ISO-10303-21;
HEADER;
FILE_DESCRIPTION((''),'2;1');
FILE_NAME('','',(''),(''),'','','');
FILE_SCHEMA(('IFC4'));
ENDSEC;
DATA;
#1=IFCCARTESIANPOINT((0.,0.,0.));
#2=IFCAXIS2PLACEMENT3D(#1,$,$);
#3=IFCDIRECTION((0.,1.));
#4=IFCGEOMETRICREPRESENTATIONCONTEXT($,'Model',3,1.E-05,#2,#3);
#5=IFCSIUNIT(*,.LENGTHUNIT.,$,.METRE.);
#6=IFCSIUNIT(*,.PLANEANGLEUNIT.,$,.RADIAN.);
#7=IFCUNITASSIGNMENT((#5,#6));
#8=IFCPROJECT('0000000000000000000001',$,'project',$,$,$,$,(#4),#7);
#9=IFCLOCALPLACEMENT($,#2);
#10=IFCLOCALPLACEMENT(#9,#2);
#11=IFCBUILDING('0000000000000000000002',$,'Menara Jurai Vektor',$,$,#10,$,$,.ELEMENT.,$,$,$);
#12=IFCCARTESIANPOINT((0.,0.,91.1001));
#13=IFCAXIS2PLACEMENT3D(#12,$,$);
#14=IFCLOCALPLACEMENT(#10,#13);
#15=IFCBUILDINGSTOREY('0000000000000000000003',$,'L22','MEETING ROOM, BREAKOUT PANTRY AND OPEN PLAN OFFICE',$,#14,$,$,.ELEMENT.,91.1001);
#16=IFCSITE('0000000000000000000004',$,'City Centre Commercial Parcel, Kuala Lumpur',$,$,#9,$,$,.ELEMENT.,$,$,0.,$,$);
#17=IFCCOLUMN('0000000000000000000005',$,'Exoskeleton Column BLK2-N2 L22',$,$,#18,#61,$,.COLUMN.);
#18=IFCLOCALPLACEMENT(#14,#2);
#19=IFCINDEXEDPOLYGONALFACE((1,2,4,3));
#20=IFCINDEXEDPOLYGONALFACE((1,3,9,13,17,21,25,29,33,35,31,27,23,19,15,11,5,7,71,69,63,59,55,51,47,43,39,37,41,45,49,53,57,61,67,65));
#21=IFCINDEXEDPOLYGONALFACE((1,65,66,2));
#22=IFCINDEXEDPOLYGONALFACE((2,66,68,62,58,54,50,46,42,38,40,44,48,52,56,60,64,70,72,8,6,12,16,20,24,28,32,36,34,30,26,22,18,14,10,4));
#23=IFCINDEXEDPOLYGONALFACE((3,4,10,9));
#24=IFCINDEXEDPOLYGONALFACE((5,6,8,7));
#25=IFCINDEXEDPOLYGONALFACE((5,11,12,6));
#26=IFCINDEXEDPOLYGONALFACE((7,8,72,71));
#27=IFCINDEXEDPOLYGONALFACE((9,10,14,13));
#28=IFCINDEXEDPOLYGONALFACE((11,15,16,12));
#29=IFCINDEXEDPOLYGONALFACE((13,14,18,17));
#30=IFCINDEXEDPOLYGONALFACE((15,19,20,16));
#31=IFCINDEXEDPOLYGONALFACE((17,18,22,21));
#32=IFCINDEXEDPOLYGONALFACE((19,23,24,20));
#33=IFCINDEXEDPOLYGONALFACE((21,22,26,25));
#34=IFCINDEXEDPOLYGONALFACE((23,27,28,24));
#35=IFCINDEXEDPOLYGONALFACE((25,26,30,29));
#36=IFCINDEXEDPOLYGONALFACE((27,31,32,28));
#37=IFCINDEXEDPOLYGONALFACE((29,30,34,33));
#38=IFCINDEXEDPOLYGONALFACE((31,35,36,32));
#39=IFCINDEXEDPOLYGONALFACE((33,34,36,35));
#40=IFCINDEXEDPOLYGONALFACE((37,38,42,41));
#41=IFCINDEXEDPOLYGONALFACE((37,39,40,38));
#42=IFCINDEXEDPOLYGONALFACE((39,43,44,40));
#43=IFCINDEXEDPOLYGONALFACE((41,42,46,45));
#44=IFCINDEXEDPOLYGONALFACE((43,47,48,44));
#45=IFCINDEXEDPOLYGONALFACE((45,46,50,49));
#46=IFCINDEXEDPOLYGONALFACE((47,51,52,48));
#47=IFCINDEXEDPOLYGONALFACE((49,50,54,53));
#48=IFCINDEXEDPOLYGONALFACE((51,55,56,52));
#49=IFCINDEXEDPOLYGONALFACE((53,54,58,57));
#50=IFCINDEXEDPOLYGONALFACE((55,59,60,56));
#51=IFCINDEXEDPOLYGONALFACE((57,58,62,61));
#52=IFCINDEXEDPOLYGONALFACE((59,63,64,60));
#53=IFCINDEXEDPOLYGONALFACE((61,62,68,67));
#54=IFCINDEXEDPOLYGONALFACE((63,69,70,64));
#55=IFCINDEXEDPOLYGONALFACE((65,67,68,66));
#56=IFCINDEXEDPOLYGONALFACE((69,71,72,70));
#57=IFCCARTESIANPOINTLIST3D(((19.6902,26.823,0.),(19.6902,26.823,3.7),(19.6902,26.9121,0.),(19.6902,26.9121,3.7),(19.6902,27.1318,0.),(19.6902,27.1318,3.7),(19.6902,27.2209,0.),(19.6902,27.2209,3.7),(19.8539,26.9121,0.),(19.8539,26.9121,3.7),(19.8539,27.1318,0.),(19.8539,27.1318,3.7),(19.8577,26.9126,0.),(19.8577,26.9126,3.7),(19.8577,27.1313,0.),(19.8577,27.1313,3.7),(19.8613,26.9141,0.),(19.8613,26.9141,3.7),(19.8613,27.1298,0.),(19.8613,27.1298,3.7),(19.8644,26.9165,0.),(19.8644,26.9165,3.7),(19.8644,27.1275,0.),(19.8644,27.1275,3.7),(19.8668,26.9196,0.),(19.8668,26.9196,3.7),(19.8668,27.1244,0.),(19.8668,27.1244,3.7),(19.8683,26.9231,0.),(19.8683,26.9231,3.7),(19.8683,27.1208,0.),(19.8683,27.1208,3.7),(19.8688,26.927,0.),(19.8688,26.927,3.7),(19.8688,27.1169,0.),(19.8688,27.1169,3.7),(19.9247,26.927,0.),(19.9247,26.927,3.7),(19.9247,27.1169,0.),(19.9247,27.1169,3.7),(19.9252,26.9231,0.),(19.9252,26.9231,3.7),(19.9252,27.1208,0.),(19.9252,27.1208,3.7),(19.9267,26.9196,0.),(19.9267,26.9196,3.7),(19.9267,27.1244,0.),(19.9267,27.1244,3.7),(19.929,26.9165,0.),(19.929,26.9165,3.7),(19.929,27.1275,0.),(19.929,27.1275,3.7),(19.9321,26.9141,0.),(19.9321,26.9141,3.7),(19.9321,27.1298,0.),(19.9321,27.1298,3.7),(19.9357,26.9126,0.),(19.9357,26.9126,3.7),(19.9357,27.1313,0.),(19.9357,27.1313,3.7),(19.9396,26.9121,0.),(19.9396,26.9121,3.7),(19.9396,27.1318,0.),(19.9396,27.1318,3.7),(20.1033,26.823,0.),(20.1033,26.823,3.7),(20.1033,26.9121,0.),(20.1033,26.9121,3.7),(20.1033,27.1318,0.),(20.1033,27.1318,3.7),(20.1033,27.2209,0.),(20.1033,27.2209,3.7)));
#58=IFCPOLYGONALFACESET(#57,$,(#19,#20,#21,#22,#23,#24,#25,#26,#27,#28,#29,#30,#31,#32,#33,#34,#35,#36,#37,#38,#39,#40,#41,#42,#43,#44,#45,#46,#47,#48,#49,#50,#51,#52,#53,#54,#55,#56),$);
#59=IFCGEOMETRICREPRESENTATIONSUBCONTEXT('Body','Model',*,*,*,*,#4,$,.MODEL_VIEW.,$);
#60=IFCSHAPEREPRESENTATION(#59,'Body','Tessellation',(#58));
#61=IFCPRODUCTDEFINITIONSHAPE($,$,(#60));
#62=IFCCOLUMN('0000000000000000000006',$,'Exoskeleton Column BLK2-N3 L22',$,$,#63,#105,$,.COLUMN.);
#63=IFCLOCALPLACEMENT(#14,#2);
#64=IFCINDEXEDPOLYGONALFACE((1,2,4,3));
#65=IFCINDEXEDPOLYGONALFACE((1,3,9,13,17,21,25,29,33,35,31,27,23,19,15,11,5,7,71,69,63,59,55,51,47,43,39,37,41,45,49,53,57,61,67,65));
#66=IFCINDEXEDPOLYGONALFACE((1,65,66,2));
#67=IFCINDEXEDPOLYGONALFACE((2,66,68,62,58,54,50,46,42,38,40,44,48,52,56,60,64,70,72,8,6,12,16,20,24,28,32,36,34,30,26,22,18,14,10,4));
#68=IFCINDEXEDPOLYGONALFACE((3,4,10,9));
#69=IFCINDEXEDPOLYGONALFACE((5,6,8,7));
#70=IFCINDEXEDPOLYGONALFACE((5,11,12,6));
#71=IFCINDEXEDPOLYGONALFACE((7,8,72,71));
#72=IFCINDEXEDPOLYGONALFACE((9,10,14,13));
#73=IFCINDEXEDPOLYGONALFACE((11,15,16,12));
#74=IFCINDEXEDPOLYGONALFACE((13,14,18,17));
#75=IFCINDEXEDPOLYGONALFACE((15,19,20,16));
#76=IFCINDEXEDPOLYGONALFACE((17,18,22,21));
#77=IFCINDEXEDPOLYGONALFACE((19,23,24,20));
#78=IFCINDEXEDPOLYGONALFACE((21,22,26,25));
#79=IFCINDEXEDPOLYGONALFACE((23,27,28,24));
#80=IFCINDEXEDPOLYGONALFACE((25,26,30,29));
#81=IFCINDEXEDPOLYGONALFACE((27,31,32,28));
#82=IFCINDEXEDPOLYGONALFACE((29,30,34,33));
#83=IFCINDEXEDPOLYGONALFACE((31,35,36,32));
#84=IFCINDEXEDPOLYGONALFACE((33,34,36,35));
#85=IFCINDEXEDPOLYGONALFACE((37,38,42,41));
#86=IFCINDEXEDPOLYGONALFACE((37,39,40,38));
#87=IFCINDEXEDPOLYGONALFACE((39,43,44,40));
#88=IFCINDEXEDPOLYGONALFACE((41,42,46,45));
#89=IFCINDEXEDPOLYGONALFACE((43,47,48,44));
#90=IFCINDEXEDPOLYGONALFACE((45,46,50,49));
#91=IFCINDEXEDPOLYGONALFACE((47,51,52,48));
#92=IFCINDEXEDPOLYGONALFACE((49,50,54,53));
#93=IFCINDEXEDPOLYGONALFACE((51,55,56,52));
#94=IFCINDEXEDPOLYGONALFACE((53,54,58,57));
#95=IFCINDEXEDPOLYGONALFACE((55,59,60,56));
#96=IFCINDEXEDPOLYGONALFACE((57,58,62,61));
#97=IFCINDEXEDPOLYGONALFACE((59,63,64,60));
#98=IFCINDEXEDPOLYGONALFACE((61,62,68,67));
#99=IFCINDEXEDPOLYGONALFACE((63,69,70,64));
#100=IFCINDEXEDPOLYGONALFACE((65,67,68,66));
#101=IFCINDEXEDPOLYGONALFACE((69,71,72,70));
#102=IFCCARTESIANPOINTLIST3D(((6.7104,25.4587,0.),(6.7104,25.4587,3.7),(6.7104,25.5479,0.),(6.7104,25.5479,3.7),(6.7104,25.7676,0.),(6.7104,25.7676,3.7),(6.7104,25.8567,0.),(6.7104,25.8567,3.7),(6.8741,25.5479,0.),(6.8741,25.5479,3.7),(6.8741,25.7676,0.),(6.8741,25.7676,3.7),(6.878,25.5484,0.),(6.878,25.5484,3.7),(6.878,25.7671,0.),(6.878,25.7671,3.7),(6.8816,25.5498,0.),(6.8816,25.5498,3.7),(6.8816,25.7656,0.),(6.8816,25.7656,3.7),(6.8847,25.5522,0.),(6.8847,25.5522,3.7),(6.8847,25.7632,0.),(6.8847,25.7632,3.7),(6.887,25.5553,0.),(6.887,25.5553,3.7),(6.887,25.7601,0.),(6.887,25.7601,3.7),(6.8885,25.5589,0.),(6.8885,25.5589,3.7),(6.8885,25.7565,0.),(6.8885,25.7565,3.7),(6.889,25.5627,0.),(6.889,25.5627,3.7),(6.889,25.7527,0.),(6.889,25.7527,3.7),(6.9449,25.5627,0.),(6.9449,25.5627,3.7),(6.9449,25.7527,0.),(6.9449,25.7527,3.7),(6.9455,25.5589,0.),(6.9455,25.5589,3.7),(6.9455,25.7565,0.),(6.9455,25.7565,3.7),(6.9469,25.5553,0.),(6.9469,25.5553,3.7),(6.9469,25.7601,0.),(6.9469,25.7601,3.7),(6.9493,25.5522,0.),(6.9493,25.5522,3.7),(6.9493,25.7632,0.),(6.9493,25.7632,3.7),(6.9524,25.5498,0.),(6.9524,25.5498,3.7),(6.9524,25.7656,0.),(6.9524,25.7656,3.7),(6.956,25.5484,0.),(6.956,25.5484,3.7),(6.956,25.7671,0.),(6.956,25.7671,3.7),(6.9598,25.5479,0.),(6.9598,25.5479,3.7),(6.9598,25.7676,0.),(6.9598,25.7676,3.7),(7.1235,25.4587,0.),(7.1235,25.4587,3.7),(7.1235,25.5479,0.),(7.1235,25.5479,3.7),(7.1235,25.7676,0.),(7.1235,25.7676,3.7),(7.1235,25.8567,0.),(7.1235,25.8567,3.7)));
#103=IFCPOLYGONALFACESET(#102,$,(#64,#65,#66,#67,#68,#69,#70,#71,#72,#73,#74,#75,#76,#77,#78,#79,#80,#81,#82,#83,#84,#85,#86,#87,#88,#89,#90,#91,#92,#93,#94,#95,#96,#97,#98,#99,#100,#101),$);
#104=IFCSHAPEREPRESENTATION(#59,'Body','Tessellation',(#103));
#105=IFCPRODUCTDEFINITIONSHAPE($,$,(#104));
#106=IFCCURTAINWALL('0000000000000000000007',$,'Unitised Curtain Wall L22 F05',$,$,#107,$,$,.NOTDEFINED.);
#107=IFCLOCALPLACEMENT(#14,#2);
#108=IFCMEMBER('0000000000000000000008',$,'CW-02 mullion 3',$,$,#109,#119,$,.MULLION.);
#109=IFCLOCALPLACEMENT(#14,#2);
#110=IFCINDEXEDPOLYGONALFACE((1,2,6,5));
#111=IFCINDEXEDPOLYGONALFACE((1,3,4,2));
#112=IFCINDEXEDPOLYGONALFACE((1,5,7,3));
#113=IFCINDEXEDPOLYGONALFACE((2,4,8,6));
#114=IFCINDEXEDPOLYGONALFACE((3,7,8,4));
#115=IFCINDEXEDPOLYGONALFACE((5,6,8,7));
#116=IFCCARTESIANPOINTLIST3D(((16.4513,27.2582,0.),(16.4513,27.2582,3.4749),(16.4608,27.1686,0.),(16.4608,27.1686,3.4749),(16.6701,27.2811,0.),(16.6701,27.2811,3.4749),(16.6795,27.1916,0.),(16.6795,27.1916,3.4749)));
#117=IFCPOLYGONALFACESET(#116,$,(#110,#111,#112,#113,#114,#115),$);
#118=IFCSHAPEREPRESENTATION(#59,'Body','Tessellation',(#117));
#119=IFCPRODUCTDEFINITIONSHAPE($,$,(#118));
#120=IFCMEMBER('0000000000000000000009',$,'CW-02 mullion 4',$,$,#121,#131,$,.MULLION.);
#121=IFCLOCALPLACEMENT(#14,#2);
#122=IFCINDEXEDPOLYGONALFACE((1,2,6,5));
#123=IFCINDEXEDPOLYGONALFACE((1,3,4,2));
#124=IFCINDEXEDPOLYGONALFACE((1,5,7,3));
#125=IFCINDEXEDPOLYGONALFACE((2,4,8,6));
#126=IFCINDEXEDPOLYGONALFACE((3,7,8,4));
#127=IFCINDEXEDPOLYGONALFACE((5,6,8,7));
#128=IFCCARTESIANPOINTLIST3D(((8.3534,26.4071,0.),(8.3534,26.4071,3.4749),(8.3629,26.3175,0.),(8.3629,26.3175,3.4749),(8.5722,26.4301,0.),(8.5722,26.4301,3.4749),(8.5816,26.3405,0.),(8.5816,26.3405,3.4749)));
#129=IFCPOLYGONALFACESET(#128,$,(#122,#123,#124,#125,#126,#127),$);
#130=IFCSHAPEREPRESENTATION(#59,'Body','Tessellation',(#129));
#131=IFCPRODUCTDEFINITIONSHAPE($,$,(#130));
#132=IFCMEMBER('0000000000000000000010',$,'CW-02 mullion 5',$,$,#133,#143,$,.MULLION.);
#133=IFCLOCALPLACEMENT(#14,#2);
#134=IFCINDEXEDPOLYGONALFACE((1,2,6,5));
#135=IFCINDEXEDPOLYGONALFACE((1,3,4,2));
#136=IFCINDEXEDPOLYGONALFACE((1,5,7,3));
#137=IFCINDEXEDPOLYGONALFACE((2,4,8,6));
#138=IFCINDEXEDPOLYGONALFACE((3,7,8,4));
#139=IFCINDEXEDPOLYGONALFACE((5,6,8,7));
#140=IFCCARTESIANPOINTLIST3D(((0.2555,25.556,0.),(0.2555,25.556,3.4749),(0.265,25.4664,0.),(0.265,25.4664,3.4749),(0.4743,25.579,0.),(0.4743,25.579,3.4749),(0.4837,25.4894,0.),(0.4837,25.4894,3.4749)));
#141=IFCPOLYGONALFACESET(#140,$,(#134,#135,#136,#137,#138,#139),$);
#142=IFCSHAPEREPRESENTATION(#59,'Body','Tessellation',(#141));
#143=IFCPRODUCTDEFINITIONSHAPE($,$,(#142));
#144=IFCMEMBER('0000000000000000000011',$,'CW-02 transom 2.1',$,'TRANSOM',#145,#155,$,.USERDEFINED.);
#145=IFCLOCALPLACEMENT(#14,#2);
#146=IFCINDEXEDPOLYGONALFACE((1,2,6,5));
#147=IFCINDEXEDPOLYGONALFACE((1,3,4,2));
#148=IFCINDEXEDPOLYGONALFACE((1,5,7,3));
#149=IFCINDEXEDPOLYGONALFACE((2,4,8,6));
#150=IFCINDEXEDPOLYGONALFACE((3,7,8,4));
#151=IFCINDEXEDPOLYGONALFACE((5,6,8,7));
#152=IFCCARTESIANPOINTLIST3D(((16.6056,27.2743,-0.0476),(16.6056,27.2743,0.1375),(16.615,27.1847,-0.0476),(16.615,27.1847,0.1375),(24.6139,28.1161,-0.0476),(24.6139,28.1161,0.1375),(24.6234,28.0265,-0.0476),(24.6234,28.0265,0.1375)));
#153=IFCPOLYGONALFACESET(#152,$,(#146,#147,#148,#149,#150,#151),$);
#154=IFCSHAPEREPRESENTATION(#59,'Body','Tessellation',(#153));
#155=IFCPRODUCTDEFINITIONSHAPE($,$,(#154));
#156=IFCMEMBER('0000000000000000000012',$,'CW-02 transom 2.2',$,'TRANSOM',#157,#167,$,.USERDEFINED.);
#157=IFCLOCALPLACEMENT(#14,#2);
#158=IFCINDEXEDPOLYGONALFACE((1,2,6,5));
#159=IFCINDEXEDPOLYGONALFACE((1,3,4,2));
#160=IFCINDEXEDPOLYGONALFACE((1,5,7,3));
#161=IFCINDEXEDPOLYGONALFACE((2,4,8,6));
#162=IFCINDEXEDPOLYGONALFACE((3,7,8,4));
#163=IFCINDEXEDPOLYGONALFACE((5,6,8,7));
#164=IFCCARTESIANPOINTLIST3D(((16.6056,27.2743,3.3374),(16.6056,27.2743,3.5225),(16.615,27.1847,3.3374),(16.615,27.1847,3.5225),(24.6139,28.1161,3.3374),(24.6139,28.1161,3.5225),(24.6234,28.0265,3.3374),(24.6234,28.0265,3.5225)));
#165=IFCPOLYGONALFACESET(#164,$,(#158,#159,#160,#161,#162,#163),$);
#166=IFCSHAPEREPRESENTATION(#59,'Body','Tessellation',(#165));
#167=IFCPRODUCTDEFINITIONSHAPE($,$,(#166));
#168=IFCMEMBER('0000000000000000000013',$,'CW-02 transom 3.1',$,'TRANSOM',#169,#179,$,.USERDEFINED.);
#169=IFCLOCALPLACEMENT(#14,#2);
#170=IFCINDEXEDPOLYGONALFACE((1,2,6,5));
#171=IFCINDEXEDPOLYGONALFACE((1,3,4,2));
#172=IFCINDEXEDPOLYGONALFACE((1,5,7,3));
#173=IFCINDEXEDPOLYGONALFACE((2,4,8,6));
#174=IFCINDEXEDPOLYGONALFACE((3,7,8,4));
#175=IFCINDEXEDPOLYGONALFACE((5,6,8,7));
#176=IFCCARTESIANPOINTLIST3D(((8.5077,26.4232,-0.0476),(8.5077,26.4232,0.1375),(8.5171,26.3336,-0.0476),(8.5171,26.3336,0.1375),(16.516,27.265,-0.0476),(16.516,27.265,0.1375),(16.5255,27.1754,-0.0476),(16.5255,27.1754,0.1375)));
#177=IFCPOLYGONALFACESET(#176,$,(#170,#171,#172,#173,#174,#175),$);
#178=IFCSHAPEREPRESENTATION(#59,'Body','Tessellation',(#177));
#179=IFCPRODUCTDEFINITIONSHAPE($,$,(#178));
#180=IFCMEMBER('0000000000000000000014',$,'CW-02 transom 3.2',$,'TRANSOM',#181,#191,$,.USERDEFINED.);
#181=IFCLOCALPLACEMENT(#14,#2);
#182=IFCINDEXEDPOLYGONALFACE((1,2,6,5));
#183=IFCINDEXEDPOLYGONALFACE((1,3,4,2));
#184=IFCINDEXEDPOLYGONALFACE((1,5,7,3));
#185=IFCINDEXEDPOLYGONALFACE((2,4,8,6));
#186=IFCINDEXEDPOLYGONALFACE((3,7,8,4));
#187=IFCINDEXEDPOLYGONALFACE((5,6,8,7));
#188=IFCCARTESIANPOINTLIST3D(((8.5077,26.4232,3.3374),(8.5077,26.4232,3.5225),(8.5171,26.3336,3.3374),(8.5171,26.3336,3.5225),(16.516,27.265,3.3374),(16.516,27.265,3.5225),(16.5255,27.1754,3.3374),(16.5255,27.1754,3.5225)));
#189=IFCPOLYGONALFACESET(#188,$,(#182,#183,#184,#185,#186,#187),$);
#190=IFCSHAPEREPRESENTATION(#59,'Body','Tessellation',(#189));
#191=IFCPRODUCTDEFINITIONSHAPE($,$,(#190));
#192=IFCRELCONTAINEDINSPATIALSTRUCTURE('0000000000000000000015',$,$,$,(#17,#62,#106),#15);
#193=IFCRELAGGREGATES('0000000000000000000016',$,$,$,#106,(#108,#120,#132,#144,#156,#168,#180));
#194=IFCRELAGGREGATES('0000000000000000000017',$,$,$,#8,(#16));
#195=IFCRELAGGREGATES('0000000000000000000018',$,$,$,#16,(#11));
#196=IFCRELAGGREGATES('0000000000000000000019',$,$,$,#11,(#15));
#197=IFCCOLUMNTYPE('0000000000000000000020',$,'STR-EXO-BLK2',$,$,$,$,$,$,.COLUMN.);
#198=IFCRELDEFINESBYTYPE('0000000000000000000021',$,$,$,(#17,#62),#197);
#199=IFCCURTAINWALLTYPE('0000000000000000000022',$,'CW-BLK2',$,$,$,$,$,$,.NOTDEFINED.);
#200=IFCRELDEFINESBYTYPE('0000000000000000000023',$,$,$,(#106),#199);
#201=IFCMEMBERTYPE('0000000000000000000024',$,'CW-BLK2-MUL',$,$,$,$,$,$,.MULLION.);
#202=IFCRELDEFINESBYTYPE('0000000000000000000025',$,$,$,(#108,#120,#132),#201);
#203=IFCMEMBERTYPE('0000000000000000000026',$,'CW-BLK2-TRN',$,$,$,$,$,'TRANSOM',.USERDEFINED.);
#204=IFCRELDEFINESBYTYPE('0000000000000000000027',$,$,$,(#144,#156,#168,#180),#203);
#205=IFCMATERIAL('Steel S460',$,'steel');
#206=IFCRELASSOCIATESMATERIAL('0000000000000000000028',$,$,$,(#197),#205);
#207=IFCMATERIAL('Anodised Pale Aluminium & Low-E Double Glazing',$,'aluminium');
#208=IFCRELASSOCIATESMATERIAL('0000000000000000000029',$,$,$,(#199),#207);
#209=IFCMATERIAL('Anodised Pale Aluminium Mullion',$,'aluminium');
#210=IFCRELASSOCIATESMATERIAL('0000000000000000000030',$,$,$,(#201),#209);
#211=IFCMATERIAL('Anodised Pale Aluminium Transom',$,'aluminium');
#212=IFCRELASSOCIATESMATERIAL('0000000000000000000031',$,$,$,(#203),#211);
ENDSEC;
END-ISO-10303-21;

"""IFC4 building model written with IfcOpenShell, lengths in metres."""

from ifc_helpers import new_model, si_unit, direction, frame, origin, origin_2d, place, context, subcontext, project, spatial, rectangle, i_section, extrude, material, material_profile, profile_set, type_object, element, aggregate, save


model = new_model("IFC4")

# Units and contexts
model_context = context("Model", 3, precision=1e-05, world=origin(), true_north=direction((0.0, 1.0)))
body_context = subcontext(model_context, "Body", "Model", "MODEL_VIEW")
ifc_project = project(units=[si_unit("LENGTHUNIT", "METRE"), si_unit("PLANEANGLEUNIT", "RADIAN")], contexts=[model_context])

# Site, building, storey
site_placement = place(None, origin())
site = spatial("IfcSite", under=ifc_project, at=site_placement, Name="City Centre Commercial Parcel, Kuala Lumpur", CompositionType="ELEMENT", RefElevation=0.0)
building_placement = place(site_placement, origin())
building = spatial("IfcBuilding", under=site, at=building_placement, Name="Menara Jurai Vektor", CompositionType="ELEMENT")
storey_placement = place(building_placement, frame((0.0, 0.0, 91.1001)))
storey = spatial("IfcBuildingStorey", under=building, at=storey_placement, Name="L22", Description="MEETING ROOM, BREAKOUT PANTRY AND OPEN PLAN OFFICE", CompositionType="ELEMENT", Elevation=91.1001)

# Columns
ifc_material_1 = material(Name="Steel S460", Category="steel")
ifc_material_profile_1 = material_profile(ifc_material_1, i_section(OverallWidth=0.4131, OverallDepth=0.3979, WebThickness=0.0559, FlangeThickness=0.0891, FilletRadius=0.0149, at=origin_2d()), Name="HD 400x744")
ifc_profile_set_1 = profile_set([ifc_material_profile_1], Name="Steel S460")
column_type = type_object("IfcColumnType", Name="STR-EXO-BLK2", PredefinedType="COLUMN", material=ifc_profile_set_1)
for number, where, z_axis, x_axis, name in (
    (1, (19.8967, 27.022, 0.0), (0.0, 0.0, 1.0), (1.0, 0.0, 0.0), "Exoskeleton Column BLK2-N2 L22"),
    (2, (6.917, 25.6577, 0.0), (0.0, 0.0, 1.0), (1.0, 0.0, 0.0), "Exoskeleton Column BLK2-N3 L22"),
):
    element("IfcColumn", number, at=place(storey_placement, frame(where, z_axis=z_axis, x_axis=x_axis)), inside=storey, type_object=column_type, Name=name, PredefinedType="COLUMN", context=body_context, shape_type="SweptSolid", body=[
        extrude(i_section(OverallWidth=0.4131, OverallDepth=0.3979, WebThickness=0.0559, FlangeThickness=0.0891, FilletRadius=0.0149, at=origin_2d()), origin(), (0.0, 0.0, 1.0), 3.7),
    ])

# Curtain wall, members
ifc_material_2 = material(Name="Anodised Pale Aluminium & Low-E Double Glazing", Category="aluminium")
curtain_wall_type = type_object("IfcCurtainWallType", Name="CW-BLK2", PredefinedType="NOTDEFINED", material=ifc_material_2)
curtain_wall_placement = place(storey_placement, origin())
curtain_wall = element("IfcCurtainWall", 3, at=curtain_wall_placement, inside=storey, type_object=curtain_wall_type, Name="Unitised Curtain Wall L22 F05", PredefinedType="NOTDEFINED")
ifc_material_3 = material(Name="Anodised Pale Aluminium Mullion", Category="aluminium")
ifc_material_profile_2 = material_profile(ifc_material_3, rectangle(XDim=0.0901, YDim=0.22, at=origin_2d()), Name="ALU MUL 90x220")
ifc_profile_set_2 = profile_set([ifc_material_profile_2], Name="Anodised Pale Aluminium Mullion")
member_type_1 = type_object("IfcMemberType", Name="CW-BLK2-MUL", PredefinedType="MULLION", material=ifc_profile_set_2)
member_1_placement = place(storey_placement, frame((16.5654, 27.2249, 0.0), z_axis=(0.0, 0.0, 1.0), x_axis=(0.104529, -0.994522, 0.0)))
member_1 = element("IfcMember", 4, at=member_1_placement, type_object=member_type_1, Name="CW-02 mullion 3", PredefinedType="MULLION", context=body_context, shape_type="SweptSolid", body=[
    extrude(rectangle(XDim=0.0901, YDim=0.22, at=origin_2d()), origin(), (0.0, 0.0, 1.0), 3.4749),
])
member_2_placement = place(storey_placement, frame((8.4675, 26.3738, 0.0), z_axis=(0.0, 0.0, 1.0), x_axis=(0.104529, -0.994522, 0.0)))
member_2 = element("IfcMember", 5, at=member_2_placement, type_object=member_type_1, Name="CW-02 mullion 4", PredefinedType="MULLION", context=body_context, shape_type="SweptSolid", body=[
    extrude(rectangle(XDim=0.0901, YDim=0.22, at=origin_2d()), origin(), (0.0, 0.0, 1.0), 3.4749),
])
member_3_placement = place(storey_placement, frame((0.3696, 25.5227, 0.0), z_axis=(0.0, 0.0, 1.0), x_axis=(0.104529, -0.994522, 0.0)))
member_3 = element("IfcMember", 6, at=member_3_placement, type_object=member_type_1, Name="CW-02 mullion 5", PredefinedType="MULLION", context=body_context, shape_type="SweptSolid", body=[
    extrude(rectangle(XDim=0.0901, YDim=0.22, at=origin_2d()), origin(), (0.0, 0.0, 1.0), 3.4749),
])
ifc_material_4 = material(Name="Anodised Pale Aluminium Transom", Category="aluminium")
ifc_material_profile_3 = material_profile(ifc_material_4, rectangle(XDim=0.0901, YDim=0.1851, at=origin_2d()), Name="ALU TRN 90x185")
ifc_profile_set_3 = profile_set([ifc_material_profile_3], Name="Anodised Pale Aluminium Transom")
member_type_2 = type_object("IfcMemberType", Name="CW-BLK2-TRN", ElementType="TRANSOM", PredefinedType="USERDEFINED", material=ifc_profile_set_3)
member_4_placement = place(storey_placement, frame((24.6187, 28.0713, 0.0449), z_axis=(-0.994521, -0.10454, 0.0), x_axis=(0.10454, -0.994521, 0.0)))
member_4 = element("IfcMember", 7, at=member_4_placement, type_object=member_type_2, Name="CW-02 transom 2.1", ObjectType="TRANSOM", PredefinedType="USERDEFINED", context=body_context, shape_type="SweptSolid", body=[
    extrude(rectangle(XDim=0.0901, YDim=0.1851, at=origin_2d()), origin(), (0.0, 0.0, 1.0), 8.0525),
])
member_5_placement = place(storey_placement, frame((24.6187, 28.0713, 3.4299), z_axis=(-0.994521, -0.10454, 0.0), x_axis=(0.10454, -0.994521, 0.0)))
member_5 = element("IfcMember", 8, at=member_5_placement, type_object=member_type_2, Name="CW-02 transom 2.2", ObjectType="TRANSOM", PredefinedType="USERDEFINED", context=body_context, shape_type="SweptSolid", body=[
    extrude(rectangle(XDim=0.0901, YDim=0.1851, at=origin_2d()), origin(), (0.0, 0.0, 1.0), 8.0525),
])
member_6_placement = place(storey_placement, frame((16.5208, 27.2202, 0.0449), z_axis=(-0.994521, -0.10454, 0.0), x_axis=(0.10454, -0.994521, 0.0)))
member_6 = element("IfcMember", 9, at=member_6_placement, type_object=member_type_2, Name="CW-02 transom 3.1", ObjectType="TRANSOM", PredefinedType="USERDEFINED", context=body_context, shape_type="SweptSolid", body=[
    extrude(rectangle(XDim=0.0901, YDim=0.1851, at=origin_2d()), origin(), (0.0, 0.0, 1.0), 8.0525),
])
member_7_placement = place(storey_placement, frame((16.5208, 27.2202, 3.4299), z_axis=(-0.994521, -0.10454, 0.0), x_axis=(0.10454, -0.994521, 0.0)))
member_7 = element("IfcMember", 10, at=member_7_placement, type_object=member_type_2, Name="CW-02 transom 3.2", ObjectType="TRANSOM", PredefinedType="USERDEFINED", context=body_context, shape_type="SweptSolid", body=[
    extrude(rectangle(XDim=0.0901, YDim=0.1851, at=origin_2d()), origin(), (0.0, 0.0, 1.0), 8.0525),
])

aggregate(curtain_wall, [member_1, member_2, member_3, member_4, member_5, member_6, member_7])

save(model, "model.ifc")
